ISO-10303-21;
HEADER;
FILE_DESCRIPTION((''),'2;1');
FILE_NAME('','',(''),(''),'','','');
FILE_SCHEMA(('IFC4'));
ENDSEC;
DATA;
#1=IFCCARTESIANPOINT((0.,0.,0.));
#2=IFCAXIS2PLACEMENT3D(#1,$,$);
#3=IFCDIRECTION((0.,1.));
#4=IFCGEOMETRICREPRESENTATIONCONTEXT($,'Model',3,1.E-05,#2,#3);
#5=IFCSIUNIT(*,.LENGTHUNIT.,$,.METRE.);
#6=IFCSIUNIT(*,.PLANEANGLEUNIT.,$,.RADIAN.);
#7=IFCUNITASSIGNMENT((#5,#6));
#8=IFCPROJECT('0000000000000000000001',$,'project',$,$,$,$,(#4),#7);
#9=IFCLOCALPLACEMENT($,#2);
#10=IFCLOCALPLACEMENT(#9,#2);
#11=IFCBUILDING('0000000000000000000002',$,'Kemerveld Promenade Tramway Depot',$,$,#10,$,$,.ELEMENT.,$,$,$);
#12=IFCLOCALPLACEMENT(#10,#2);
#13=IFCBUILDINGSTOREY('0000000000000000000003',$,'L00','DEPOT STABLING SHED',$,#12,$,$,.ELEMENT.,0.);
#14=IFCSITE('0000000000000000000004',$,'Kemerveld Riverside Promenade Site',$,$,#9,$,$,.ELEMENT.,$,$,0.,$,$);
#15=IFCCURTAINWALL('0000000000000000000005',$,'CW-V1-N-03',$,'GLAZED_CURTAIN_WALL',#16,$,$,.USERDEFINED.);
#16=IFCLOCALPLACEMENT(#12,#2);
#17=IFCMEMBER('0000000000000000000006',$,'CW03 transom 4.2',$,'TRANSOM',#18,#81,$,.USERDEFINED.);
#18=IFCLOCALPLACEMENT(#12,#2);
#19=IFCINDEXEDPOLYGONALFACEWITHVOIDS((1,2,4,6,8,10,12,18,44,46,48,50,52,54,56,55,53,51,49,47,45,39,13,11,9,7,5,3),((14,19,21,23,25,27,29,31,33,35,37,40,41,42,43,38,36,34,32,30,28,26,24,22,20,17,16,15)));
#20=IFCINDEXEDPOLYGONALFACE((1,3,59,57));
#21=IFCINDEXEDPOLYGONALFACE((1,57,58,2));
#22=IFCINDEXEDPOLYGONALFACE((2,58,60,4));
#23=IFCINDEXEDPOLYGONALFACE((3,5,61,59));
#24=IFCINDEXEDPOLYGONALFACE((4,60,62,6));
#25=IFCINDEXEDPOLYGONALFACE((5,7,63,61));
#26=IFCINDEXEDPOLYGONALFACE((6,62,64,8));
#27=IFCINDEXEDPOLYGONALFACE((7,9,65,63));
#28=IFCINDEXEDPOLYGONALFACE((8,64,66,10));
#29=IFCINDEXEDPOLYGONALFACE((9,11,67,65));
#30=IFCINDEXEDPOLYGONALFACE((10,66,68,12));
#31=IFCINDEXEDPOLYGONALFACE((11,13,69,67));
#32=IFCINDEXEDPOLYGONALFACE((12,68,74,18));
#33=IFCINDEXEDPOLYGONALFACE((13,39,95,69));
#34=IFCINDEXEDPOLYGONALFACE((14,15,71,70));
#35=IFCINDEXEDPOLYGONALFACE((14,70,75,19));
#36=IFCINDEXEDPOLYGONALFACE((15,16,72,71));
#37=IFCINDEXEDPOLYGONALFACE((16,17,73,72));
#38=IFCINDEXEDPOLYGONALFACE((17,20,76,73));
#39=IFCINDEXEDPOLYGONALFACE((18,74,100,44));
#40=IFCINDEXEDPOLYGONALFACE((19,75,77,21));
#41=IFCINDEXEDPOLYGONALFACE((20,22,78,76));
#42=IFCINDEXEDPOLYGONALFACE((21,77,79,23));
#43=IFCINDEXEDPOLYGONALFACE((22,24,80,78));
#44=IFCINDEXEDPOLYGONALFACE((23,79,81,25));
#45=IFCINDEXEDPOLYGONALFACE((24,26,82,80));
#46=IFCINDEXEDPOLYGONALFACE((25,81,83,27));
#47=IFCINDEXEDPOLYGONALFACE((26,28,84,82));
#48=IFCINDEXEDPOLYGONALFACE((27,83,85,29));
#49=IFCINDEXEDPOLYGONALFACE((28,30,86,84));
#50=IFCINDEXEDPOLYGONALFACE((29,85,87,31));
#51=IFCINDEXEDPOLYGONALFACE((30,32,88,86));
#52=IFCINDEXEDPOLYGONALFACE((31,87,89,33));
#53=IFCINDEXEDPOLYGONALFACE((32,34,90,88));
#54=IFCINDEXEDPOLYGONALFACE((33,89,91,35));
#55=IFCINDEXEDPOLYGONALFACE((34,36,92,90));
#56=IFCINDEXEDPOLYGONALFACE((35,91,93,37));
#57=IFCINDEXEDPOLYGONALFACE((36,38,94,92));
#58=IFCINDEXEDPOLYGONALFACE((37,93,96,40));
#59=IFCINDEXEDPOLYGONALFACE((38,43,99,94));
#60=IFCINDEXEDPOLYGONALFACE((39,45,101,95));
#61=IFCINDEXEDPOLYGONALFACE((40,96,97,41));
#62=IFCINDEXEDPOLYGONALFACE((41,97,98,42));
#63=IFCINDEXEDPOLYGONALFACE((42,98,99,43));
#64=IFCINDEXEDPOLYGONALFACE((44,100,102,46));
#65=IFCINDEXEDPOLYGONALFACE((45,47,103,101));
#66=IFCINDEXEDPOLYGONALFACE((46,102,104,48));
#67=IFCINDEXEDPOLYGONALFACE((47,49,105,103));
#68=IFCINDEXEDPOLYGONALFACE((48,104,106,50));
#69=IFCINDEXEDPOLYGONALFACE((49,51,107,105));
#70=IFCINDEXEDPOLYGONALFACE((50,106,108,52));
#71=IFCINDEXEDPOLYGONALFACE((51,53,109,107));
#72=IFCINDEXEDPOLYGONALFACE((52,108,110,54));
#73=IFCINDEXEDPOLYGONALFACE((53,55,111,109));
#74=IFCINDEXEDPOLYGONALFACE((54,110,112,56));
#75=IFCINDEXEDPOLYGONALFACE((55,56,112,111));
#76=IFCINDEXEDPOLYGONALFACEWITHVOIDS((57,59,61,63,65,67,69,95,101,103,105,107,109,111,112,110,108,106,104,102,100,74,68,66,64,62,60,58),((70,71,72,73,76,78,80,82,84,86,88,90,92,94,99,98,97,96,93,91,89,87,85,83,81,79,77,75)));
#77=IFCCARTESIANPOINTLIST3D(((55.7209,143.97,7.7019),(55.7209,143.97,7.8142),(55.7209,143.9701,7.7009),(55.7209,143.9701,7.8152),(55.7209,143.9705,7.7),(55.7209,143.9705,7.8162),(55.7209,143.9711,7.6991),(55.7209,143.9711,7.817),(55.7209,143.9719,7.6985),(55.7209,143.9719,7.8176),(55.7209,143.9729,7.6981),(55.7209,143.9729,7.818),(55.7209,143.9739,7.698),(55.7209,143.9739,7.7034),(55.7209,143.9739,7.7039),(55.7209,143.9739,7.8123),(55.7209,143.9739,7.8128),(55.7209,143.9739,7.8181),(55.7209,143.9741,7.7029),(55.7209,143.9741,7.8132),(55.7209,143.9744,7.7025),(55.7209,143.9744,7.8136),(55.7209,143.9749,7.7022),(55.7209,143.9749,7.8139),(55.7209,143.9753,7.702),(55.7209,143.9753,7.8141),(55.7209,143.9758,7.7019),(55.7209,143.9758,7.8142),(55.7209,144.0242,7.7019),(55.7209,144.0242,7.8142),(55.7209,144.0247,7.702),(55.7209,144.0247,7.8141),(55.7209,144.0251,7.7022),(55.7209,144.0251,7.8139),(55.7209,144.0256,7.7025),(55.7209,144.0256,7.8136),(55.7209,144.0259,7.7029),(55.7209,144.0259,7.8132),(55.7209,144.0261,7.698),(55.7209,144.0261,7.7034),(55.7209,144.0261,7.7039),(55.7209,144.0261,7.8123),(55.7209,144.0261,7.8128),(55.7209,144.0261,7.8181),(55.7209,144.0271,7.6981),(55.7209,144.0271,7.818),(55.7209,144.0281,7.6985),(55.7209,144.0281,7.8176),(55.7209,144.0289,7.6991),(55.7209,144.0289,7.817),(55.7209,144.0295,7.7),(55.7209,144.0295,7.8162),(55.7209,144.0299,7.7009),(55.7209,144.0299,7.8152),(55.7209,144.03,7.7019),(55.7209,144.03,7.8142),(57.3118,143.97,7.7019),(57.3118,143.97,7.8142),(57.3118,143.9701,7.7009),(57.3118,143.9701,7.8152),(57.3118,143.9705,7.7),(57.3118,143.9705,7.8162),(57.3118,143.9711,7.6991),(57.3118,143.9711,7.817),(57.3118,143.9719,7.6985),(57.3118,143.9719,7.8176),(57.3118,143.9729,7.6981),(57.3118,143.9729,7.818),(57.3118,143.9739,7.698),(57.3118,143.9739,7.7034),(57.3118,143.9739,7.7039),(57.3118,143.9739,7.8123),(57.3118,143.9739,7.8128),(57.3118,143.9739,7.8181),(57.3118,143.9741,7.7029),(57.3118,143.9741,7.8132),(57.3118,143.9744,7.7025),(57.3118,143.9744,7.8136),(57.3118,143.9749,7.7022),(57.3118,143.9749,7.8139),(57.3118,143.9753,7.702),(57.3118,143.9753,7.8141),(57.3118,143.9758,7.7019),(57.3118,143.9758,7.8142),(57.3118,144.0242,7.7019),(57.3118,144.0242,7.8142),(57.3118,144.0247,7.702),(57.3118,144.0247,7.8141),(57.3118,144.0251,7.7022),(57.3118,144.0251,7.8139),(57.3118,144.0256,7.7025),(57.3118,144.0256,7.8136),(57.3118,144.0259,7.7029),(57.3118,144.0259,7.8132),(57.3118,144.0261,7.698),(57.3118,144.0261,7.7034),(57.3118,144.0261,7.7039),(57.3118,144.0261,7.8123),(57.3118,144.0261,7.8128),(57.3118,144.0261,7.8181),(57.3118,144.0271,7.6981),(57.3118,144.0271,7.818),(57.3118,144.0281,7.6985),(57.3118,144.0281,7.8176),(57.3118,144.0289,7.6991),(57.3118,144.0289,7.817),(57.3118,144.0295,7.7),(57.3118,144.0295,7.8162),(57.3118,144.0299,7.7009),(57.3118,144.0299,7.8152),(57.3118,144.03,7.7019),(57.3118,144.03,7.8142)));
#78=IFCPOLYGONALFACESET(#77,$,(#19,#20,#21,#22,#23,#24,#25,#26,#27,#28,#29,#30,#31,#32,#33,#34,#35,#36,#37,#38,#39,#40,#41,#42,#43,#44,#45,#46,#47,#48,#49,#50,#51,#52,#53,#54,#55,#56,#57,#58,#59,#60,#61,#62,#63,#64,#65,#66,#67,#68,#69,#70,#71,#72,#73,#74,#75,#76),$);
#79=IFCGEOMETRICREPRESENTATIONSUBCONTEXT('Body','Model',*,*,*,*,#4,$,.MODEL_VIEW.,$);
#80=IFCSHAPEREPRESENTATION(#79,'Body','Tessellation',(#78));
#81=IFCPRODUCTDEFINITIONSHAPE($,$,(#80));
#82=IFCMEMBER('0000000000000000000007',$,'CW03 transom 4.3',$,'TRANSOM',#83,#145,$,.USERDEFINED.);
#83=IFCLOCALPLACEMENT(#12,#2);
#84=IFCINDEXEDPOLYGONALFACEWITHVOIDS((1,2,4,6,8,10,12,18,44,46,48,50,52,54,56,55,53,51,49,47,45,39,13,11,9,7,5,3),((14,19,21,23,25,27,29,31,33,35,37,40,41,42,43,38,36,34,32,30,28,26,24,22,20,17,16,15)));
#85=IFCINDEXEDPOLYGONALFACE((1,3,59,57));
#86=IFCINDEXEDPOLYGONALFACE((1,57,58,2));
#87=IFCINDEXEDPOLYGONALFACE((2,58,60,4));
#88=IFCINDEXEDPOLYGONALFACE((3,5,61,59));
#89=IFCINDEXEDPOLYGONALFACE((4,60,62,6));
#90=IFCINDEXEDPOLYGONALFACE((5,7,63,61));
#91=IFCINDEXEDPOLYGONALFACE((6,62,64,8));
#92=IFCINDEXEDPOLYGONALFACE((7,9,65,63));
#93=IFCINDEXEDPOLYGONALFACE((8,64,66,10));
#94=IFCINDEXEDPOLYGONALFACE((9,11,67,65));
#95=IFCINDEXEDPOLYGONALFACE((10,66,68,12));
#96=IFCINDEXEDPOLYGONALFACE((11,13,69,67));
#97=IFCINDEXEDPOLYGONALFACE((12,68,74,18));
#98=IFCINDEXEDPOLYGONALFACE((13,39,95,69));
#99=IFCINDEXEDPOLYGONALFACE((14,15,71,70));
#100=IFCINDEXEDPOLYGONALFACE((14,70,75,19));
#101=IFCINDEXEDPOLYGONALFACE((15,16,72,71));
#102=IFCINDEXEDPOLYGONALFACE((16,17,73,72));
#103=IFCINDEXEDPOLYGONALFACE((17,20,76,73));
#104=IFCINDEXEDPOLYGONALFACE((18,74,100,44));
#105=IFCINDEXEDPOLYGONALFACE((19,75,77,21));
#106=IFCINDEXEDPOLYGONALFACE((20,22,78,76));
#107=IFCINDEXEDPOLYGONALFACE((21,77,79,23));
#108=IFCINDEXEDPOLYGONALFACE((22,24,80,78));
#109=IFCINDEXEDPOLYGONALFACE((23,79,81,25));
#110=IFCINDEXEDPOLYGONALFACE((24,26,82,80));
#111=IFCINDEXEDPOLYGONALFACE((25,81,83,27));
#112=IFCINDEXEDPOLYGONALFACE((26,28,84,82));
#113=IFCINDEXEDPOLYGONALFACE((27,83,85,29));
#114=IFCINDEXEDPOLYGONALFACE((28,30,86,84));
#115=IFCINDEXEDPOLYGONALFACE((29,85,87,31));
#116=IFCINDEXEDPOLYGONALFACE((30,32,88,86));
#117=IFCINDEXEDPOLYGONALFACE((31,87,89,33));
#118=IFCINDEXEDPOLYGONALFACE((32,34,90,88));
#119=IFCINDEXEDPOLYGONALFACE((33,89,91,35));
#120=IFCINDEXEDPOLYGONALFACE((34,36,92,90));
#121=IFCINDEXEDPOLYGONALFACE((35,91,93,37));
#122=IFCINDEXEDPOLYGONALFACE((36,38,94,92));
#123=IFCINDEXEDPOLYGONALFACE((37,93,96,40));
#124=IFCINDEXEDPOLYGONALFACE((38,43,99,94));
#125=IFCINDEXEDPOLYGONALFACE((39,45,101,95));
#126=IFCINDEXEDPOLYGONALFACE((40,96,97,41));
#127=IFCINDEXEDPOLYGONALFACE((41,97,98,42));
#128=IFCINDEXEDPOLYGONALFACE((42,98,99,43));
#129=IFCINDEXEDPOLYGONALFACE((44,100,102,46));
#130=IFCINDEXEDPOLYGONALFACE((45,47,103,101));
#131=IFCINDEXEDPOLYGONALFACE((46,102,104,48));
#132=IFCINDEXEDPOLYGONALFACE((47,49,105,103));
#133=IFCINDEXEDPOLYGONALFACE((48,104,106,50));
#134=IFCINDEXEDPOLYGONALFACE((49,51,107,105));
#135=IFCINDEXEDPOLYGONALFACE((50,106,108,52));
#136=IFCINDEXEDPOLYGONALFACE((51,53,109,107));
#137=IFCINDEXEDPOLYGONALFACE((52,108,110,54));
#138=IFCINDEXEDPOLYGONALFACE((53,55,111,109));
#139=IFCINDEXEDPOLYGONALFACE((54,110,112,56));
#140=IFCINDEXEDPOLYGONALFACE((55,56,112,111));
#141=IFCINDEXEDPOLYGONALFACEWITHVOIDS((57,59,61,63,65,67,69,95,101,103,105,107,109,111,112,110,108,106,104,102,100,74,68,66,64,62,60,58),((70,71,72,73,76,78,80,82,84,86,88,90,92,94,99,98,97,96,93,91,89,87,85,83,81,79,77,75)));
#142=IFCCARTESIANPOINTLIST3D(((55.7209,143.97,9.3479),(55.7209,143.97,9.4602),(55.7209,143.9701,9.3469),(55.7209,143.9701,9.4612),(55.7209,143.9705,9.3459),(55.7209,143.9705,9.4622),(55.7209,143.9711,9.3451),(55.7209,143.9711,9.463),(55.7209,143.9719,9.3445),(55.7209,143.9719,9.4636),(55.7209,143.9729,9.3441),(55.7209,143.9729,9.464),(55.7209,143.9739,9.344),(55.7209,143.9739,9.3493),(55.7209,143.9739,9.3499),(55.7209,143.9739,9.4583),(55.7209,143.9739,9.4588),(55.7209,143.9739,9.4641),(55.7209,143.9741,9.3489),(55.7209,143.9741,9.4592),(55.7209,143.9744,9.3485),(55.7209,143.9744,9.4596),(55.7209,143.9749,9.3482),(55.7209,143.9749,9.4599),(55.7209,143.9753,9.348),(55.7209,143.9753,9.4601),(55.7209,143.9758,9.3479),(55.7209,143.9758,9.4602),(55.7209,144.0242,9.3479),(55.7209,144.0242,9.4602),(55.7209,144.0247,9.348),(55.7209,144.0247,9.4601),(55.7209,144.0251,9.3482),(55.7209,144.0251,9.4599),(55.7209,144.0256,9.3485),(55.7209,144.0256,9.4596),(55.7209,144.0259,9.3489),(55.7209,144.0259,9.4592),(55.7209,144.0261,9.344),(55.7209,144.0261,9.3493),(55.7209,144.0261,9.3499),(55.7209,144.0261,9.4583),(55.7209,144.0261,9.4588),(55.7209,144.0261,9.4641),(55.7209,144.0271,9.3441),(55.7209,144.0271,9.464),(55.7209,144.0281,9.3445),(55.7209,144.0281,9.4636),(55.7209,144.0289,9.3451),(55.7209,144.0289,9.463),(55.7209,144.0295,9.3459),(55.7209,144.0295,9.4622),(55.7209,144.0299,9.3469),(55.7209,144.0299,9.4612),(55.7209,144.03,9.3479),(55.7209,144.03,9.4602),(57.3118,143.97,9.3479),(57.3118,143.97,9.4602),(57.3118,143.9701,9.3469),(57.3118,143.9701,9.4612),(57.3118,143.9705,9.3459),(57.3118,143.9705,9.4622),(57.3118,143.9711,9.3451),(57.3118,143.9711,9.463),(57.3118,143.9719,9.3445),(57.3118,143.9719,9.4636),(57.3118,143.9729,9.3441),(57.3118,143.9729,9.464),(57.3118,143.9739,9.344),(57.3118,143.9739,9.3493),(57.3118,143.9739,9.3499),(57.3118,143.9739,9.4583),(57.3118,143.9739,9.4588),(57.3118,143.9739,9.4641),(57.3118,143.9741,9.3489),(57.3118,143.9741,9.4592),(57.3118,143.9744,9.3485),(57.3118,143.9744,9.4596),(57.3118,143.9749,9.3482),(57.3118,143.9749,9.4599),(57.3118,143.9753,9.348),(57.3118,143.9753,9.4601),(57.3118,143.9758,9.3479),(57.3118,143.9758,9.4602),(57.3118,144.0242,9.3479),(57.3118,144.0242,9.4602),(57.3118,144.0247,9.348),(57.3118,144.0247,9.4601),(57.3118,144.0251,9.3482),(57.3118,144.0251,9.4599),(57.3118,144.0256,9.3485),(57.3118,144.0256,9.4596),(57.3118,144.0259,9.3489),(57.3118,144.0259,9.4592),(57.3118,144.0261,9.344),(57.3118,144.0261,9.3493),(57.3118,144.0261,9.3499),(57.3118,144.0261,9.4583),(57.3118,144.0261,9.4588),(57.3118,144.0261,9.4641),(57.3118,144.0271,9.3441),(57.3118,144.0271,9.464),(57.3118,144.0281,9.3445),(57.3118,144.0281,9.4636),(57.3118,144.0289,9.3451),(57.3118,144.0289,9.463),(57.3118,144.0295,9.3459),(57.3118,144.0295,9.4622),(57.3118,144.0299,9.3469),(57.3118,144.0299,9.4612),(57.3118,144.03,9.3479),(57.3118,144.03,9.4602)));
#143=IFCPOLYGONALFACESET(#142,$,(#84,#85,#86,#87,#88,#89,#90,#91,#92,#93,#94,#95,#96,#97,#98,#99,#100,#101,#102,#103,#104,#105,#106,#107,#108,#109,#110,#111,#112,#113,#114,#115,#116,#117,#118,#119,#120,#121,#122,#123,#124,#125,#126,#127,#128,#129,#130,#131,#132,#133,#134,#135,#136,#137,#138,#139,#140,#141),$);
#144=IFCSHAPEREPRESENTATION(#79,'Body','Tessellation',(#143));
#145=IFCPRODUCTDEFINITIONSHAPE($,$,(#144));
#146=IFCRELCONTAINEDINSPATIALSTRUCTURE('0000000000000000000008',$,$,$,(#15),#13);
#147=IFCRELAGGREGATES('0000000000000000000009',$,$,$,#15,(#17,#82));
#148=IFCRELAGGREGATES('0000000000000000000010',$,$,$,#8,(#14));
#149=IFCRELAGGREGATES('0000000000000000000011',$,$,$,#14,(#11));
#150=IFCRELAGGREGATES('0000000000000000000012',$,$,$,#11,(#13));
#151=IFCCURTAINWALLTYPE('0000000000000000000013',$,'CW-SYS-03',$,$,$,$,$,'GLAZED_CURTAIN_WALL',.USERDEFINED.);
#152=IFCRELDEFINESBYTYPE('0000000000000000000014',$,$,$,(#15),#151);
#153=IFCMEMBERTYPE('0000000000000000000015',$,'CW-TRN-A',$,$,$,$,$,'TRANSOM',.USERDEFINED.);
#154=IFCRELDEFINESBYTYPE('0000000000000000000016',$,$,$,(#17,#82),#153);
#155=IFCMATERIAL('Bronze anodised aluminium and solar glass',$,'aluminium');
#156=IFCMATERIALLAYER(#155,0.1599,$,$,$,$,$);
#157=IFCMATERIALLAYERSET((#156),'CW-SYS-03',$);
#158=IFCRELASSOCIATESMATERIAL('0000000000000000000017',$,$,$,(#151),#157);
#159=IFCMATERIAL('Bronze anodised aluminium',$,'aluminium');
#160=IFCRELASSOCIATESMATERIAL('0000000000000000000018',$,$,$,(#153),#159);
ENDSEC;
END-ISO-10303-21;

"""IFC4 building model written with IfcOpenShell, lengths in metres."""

from ifc_helpers import new_model, si_unit, direction, frame, origin, origin_2d, place, context, subcontext, project, spatial, hollow_rectangle, extrude, material, layer, layer_set, material_profile, profile_set, type_object, element, aggregate, save


model = new_model("IFC4")

# Units and contexts
model_context = context("Model", 3, precision=1e-05, world=origin(), true_north=direction((0.0, 1.0)))
body_context = subcontext(model_context, "Body", "Model", "MODEL_VIEW")
ifc_project = project(units=[si_unit("LENGTHUNIT", "METRE"), si_unit("PLANEANGLEUNIT", "RADIAN")], contexts=[model_context])

# Site, building, storey
site_placement = place(None, origin())
site = spatial("IfcSite", under=ifc_project, at=site_placement, Name="Kemerveld Riverside Promenade Site", CompositionType="ELEMENT", RefElevation=0.0)
building_placement = place(site_placement, origin())
building = spatial("IfcBuilding", under=site, at=building_placement, Name="Kemerveld Promenade Tramway Depot", CompositionType="ELEMENT")
storey_placement = place(building_placement, origin())
storey = spatial("IfcBuildingStorey", under=building, at=storey_placement, Name="L00", Description="DEPOT STABLING SHED", CompositionType="ELEMENT", Elevation=0.0)

# Curtain wall, members
ifc_material_1 = material(Name="Bronze anodised aluminium and solar glass", Category="aluminium")
ifc_layer_1 = layer(ifc_material_1, 0.1599)
ifc_layer_set_1 = layer_set([ifc_layer_1], Name="CW-SYS-03")
curtain_wall_type_1 = type_object("IfcCurtainWallType", Name="CW-SYS-03", ElementType="GLAZED_CURTAIN_WALL", PredefinedType="USERDEFINED", material=ifc_layer_set_1)
curtain_wall_1_placement = place(storey_placement, origin())
curtain_wall_1 = element("IfcCurtainWall", 1, at=curtain_wall_1_placement, inside=storey, type_object=curtain_wall_type_1, Name="CW-V1-N-03", ObjectType="GLAZED_CURTAIN_WALL", PredefinedType="USERDEFINED")
ifc_material_2 = material(Name="Bronze anodised aluminium", Category="aluminium")
ifc_material_profile_1 = material_profile(ifc_material_2, hollow_rectangle(XDim=0.0601, YDim=0.1201, WallThickness=0.0039, InnerFilletRadius=0.002, OuterFilletRadius=0.0039, at=origin_2d()), Name="CW-TRN-120x60")
ifc_profile_set_1 = profile_set([ifc_material_profile_1], Name="Bronze anodised aluminium")
member_type_1 = type_object("IfcMemberType", Name="CW-TRN-A", ElementType="TRANSOM", PredefinedType="USERDEFINED", material=ifc_profile_set_1)
member_1_placement = place(storey_placement, frame((55.7209, 144.0, 7.7581), z_axis=(1.0, 0.0, 0.0), x_axis=(0.0, 1.0, 0.0)))
member_1 = element("IfcMember", 2, at=member_1_placement, type_object=member_type_1, Name="CW03 transom 4.2", ObjectType="TRANSOM", PredefinedType="USERDEFINED", context=body_context, shape_type="SweptSolid", body=[
    extrude(hollow_rectangle(XDim=0.0601, YDim=0.1201, WallThickness=0.0039, InnerFilletRadius=0.002, OuterFilletRadius=0.0039, at=origin_2d()), origin(), (0.0, 0.0, 1.0), 1.5908),
])
member_2_placement = place(storey_placement, frame((55.7209, 144.0, 9.4041), z_axis=(1.0, 0.0, 0.0), x_axis=(0.0, 1.0, 0.0)))
member_2 = element("IfcMember", 3, at=member_2_placement, type_object=member_type_1, Name="CW03 transom 4.3", ObjectType="TRANSOM", PredefinedType="USERDEFINED", context=body_context, shape_type="SweptSolid", body=[
    extrude(hollow_rectangle(XDim=0.0601, YDim=0.1201, WallThickness=0.0039, InnerFilletRadius=0.002, OuterFilletRadius=0.0039, at=origin_2d()), origin(), (0.0, 0.0, 1.0), 1.5908),
])

aggregate(curtain_wall_1, [member_1, member_2])

save(model, "model.ifc")
